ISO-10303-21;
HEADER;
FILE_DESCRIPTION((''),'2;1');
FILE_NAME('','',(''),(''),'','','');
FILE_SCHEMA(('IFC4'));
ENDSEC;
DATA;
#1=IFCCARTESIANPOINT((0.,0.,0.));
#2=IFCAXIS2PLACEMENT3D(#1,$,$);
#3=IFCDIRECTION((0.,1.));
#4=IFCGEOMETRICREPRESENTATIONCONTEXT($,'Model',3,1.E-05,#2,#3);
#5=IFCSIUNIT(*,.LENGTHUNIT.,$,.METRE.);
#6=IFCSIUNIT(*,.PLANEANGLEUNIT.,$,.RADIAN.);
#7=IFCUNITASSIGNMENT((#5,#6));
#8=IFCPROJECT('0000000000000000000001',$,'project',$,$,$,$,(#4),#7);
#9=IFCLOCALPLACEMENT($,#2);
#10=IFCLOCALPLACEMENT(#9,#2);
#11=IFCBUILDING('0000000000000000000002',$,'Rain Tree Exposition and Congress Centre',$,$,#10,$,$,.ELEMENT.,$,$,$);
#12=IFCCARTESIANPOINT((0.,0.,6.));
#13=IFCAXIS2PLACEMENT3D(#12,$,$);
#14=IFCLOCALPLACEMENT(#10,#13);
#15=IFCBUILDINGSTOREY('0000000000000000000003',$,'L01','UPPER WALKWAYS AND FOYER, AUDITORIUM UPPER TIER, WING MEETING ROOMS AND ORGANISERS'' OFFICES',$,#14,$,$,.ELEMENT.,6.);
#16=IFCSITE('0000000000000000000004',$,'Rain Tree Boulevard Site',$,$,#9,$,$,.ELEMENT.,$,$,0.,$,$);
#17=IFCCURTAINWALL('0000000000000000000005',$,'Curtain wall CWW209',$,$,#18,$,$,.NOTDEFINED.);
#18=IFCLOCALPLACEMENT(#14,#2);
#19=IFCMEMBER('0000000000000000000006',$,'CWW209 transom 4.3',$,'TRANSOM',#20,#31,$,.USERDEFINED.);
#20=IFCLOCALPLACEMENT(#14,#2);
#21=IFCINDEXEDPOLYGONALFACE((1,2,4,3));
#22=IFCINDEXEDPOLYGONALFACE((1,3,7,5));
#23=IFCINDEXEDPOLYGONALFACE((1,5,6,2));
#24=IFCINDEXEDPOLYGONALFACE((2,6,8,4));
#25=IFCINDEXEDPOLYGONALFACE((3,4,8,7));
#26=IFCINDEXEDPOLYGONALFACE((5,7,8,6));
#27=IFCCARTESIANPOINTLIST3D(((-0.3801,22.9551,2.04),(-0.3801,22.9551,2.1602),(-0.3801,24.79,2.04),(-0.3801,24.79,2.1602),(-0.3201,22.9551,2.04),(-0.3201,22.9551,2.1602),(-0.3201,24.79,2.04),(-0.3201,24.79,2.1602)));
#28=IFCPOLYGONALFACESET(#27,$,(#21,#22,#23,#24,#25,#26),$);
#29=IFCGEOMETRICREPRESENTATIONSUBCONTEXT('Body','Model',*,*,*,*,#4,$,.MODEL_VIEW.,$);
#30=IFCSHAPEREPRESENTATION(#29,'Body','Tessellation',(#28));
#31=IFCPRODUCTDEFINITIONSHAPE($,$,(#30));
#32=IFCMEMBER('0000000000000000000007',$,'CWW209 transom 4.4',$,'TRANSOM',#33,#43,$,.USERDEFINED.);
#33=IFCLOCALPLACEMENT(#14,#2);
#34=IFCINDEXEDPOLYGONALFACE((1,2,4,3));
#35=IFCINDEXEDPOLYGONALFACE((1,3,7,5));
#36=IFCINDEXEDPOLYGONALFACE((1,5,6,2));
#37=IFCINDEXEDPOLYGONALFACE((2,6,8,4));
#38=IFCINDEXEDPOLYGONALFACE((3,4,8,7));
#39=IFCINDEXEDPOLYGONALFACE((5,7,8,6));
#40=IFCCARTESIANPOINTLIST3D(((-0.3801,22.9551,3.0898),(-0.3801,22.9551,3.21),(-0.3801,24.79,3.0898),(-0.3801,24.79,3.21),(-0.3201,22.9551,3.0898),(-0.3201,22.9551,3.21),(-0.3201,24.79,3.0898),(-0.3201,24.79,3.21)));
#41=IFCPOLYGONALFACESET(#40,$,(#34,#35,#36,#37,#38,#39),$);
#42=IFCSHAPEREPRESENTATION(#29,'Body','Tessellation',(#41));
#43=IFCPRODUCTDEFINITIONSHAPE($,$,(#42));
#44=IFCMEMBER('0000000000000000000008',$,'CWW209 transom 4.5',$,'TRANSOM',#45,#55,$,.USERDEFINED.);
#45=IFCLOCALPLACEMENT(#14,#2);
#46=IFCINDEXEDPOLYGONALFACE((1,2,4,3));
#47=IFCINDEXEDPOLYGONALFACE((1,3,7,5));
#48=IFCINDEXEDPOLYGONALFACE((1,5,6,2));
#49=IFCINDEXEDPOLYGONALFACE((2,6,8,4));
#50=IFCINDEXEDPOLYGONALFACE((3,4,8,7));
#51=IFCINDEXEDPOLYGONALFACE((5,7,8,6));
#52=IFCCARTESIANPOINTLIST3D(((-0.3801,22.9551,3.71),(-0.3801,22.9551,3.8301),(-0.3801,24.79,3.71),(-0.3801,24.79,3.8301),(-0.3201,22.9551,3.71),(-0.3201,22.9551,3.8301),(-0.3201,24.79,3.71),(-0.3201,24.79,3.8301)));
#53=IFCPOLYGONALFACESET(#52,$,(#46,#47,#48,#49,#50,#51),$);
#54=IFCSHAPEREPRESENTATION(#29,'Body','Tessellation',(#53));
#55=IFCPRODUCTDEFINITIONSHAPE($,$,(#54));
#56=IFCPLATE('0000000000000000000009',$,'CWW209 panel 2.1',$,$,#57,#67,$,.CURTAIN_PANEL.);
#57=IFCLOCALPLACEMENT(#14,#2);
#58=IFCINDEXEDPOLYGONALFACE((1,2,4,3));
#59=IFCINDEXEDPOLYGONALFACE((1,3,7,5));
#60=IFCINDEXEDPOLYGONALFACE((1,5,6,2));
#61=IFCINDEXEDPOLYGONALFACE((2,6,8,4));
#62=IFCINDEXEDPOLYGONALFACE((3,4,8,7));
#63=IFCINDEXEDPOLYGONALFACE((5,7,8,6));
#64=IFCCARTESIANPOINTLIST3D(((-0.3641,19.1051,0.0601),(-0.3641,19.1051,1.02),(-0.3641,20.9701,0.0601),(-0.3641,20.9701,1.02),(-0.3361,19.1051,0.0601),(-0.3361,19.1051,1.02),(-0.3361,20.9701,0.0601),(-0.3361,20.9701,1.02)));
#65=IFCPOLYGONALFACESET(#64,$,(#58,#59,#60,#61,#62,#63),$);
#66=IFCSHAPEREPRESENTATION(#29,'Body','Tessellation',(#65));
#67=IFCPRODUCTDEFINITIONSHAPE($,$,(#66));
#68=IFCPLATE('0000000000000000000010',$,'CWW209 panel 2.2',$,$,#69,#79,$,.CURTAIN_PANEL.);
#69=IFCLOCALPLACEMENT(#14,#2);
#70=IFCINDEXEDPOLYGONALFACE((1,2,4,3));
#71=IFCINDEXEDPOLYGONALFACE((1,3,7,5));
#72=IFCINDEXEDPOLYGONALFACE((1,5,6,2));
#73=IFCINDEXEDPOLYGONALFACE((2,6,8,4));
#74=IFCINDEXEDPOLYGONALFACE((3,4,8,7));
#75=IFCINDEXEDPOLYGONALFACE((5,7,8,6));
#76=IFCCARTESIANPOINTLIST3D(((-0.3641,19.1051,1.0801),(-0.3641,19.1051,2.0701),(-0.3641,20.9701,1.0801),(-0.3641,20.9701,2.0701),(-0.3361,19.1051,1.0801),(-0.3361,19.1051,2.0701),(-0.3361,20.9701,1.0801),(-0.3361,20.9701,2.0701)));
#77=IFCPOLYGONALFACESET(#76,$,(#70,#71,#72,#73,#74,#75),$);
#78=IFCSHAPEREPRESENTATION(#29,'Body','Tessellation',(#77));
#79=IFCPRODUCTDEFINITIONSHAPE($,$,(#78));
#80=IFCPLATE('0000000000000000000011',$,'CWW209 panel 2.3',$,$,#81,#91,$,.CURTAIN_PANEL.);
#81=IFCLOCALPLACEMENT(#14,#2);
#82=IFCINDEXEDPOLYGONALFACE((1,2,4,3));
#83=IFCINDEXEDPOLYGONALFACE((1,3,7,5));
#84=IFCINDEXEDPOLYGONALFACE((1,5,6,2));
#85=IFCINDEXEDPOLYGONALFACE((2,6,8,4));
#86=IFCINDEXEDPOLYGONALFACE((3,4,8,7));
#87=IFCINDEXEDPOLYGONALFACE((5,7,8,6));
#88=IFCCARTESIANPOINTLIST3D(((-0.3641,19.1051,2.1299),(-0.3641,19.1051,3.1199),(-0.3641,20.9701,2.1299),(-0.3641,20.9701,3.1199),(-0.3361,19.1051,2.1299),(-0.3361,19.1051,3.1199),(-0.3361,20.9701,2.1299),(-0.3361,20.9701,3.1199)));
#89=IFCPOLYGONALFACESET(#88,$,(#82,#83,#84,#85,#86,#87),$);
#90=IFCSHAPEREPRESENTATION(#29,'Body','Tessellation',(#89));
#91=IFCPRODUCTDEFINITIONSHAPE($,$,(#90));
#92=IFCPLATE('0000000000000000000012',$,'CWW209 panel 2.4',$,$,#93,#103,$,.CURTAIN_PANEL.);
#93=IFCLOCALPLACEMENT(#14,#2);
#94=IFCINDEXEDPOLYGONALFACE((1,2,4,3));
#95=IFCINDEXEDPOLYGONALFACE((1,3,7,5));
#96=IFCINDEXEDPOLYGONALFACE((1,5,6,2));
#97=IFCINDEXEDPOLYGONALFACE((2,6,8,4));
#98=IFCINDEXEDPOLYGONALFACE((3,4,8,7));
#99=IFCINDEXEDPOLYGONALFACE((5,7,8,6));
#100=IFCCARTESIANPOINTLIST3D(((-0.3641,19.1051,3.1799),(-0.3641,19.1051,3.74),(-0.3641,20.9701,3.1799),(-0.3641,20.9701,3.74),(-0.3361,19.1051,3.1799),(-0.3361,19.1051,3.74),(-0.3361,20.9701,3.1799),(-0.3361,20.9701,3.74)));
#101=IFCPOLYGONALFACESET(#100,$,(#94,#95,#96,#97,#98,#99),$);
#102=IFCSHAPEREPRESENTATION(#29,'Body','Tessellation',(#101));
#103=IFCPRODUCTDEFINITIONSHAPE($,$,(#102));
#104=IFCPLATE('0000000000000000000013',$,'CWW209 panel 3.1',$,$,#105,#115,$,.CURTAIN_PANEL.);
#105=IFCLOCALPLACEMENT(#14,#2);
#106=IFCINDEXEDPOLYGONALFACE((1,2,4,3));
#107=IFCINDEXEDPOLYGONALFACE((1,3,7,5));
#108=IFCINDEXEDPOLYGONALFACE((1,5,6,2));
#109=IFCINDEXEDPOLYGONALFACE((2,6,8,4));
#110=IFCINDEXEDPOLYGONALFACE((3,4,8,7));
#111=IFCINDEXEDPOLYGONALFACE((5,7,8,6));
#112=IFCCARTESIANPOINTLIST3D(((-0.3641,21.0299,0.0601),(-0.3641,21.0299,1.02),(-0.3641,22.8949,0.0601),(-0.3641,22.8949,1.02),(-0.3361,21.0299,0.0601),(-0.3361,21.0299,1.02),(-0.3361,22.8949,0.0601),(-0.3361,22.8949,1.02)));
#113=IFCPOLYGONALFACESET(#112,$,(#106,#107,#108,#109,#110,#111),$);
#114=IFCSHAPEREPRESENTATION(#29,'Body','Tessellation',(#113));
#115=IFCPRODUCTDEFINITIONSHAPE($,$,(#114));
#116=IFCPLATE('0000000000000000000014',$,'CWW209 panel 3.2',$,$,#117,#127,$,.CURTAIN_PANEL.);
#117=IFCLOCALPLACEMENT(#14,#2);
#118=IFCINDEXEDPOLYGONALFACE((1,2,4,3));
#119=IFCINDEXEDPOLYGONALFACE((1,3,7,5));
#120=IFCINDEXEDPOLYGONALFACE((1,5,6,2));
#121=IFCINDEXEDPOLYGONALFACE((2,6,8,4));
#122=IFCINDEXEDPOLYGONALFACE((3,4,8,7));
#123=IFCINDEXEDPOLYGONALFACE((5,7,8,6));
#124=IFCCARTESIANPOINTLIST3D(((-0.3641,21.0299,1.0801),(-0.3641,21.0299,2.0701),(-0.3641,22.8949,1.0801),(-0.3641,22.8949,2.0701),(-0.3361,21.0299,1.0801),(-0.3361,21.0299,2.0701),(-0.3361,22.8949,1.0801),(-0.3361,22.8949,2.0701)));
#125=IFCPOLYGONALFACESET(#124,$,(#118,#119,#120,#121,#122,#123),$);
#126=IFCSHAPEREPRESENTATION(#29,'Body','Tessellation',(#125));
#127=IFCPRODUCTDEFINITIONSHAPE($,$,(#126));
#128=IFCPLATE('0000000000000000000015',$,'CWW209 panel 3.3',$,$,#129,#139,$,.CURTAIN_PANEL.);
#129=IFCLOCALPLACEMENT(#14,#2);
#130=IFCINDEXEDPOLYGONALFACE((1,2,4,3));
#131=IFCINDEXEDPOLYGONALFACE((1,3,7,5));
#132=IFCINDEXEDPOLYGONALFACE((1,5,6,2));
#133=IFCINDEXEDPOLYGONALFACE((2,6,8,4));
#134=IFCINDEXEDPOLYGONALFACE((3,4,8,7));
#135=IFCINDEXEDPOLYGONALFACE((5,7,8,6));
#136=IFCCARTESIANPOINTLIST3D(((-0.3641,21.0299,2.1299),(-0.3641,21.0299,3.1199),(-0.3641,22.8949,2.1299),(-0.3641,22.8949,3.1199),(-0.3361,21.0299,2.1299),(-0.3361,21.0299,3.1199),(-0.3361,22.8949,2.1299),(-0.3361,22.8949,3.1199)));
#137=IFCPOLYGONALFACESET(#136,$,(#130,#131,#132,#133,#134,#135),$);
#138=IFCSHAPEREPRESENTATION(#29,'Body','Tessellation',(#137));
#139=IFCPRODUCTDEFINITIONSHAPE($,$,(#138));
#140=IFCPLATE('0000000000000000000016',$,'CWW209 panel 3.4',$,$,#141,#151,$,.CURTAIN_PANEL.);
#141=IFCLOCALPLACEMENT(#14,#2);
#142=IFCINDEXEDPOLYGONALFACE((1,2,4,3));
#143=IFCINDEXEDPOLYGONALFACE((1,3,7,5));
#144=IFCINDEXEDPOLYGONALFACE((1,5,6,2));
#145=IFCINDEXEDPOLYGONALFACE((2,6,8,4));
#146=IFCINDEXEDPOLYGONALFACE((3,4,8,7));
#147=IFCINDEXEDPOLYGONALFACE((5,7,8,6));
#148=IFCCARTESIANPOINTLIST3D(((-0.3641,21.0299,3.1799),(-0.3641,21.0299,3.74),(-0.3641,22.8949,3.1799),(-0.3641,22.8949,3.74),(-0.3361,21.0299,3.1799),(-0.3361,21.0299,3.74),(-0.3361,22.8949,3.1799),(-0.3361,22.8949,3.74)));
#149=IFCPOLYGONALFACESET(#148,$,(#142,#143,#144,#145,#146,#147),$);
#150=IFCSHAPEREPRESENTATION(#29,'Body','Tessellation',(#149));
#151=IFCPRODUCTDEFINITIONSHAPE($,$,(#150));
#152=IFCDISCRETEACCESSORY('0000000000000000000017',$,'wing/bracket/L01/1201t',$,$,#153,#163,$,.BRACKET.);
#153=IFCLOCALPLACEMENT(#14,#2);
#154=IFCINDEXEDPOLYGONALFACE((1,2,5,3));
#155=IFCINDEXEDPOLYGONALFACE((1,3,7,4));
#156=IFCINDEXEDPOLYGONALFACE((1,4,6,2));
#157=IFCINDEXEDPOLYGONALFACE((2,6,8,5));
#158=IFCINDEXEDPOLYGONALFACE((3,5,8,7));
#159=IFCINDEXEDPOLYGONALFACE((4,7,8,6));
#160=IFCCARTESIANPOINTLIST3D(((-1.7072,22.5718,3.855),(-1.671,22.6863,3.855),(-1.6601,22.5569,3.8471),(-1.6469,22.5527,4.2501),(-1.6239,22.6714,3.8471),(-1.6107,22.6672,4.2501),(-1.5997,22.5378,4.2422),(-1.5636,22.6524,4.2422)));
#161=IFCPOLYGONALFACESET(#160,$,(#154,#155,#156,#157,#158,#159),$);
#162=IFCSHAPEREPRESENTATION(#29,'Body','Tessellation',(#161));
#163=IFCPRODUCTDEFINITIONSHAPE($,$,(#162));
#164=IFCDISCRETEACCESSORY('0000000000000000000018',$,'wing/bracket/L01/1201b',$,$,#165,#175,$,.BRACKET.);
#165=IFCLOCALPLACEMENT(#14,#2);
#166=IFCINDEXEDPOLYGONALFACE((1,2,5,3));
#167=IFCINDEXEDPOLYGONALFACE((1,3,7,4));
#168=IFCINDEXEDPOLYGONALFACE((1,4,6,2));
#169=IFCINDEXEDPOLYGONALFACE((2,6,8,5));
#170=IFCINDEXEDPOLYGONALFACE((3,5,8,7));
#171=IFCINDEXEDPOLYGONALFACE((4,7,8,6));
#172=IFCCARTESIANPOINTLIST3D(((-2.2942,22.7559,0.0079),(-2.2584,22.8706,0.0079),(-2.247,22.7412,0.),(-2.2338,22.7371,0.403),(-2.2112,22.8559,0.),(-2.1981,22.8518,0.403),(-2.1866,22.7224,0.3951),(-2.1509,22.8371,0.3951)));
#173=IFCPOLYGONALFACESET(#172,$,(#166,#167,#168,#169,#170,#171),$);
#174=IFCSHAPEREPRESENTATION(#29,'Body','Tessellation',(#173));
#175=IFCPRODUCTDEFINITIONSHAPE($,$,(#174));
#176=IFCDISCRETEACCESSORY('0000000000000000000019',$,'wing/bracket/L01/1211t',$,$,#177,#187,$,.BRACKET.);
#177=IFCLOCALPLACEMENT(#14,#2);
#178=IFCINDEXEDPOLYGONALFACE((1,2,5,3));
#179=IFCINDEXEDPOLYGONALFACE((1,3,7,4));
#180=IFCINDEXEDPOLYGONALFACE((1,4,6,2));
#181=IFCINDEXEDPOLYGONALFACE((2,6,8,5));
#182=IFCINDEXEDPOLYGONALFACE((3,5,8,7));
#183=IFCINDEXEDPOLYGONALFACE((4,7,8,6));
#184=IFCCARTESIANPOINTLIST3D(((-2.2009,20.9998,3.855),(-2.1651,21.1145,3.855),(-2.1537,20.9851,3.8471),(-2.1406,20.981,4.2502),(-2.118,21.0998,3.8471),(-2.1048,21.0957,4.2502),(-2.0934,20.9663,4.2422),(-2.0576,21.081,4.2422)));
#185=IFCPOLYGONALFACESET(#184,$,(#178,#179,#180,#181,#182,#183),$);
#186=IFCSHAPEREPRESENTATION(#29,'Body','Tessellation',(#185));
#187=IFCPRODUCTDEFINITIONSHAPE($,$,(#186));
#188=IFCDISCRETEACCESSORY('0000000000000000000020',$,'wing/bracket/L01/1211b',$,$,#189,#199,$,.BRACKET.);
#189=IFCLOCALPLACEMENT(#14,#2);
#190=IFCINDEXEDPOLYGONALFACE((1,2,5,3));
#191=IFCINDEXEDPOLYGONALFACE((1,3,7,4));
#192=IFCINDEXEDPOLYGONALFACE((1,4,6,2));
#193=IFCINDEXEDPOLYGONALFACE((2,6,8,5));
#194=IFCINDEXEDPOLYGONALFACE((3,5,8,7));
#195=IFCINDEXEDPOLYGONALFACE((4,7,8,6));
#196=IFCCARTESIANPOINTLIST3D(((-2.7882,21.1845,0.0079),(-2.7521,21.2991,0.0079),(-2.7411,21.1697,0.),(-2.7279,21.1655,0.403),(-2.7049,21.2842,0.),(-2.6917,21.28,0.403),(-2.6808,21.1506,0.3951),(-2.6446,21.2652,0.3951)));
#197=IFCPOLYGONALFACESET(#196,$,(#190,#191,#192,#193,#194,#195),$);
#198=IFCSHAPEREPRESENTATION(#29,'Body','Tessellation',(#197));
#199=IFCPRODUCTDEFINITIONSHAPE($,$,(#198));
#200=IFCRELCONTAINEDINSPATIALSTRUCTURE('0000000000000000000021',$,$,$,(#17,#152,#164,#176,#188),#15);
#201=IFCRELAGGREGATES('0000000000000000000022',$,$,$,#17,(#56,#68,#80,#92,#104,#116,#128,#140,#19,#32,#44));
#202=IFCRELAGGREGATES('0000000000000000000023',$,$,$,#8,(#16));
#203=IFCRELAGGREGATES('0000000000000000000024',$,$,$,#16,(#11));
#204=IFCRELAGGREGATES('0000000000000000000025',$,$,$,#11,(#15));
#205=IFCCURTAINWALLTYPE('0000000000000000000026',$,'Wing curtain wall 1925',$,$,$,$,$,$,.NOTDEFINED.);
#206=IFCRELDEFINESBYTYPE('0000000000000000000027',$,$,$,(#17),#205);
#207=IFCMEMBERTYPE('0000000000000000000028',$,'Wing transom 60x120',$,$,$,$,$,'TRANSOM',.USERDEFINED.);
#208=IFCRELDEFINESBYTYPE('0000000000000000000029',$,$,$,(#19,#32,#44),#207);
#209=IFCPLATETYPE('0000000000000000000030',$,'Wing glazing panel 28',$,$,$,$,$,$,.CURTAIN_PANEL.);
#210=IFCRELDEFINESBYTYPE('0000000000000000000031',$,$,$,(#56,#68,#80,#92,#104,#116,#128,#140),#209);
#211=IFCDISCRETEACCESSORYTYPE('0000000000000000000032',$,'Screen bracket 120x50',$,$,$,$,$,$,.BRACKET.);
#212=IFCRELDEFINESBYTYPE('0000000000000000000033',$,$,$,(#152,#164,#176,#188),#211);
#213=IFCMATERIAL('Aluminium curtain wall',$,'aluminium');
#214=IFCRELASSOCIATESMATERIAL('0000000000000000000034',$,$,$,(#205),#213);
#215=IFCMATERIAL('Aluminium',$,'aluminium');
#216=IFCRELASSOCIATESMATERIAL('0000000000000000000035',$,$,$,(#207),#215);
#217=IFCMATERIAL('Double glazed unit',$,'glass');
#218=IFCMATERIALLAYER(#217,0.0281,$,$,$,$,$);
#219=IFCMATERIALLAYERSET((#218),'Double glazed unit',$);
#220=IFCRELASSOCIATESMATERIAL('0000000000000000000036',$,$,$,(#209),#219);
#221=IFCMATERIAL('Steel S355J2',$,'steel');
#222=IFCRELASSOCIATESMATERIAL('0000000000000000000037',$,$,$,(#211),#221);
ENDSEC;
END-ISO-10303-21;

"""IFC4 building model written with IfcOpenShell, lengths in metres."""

from ifc_helpers import new_model, si_unit, direction, frame, origin, origin_2d, place, context, subcontext, project, spatial, rectangle, extrude, material, layer, layer_set, material_profile, profile_set, type_object, element, aggregate, save


model = new_model("IFC4")

# Units and contexts
model_context = context("Model", 3, precision=1e-05, world=origin(), true_north=direction((0.0, 1.0)))
body_context = subcontext(model_context, "Body", "Model", "MODEL_VIEW")
ifc_project = project(units=[si_unit("LENGTHUNIT", "METRE"), si_unit("PLANEANGLEUNIT", "RADIAN")], contexts=[model_context])

# Site, building, storey
site_placement = place(None, origin())
site = spatial("IfcSite", under=ifc_project, at=site_placement, Name="Rain Tree Boulevard Site", CompositionType="ELEMENT", RefElevation=0.0)
building_placement = place(site_placement, origin())
building = spatial("IfcBuilding", under=site, at=building_placement, Name="Rain Tree Exposition and Congress Centre", CompositionType="ELEMENT")
storey_placement = place(building_placement, frame((0.0, 0.0, 6.0)))
storey = spatial("IfcBuildingStorey", under=building, at=storey_placement, Name="L01", Description="UPPER WALKWAYS AND FOYER, AUDITORIUM UPPER TIER, WING MEETING ROOMS AND ORGANISERS' OFFICES", CompositionType="ELEMENT", Elevation=6.0)

# Curtain wall, members, plates
ifc_material_1 = material(Name="Aluminium curtain wall", Category="aluminium")
curtain_wall_type = type_object("IfcCurtainWallType", Name="Wing curtain wall 1925", PredefinedType="NOTDEFINED", material=ifc_material_1)
curtain_wall_placement = place(storey_placement, origin())
curtain_wall = element("IfcCurtainWall", 1, at=curtain_wall_placement, inside=storey, type_object=curtain_wall_type, Name="Curtain wall CWW209", PredefinedType="NOTDEFINED")
ifc_material_2 = material(Name="Aluminium", Category="aluminium")
ifc_material_profile_1 = material_profile(ifc_material_2, rectangle(XDim=0.0601, YDim=0.1201, at=origin_2d()), Name="Aluminium 60x120")
ifc_profile_set_1 = profile_set([ifc_material_profile_1], Name="Aluminium")
member_type_1 = type_object("IfcMemberType", Name="Wing transom 60x120", ElementType="TRANSOM", PredefinedType="USERDEFINED", material=ifc_profile_set_1)
member_1_placement = place(storey_placement, frame((-0.3501, 22.9551, 2.1001), z_axis=(0.0, 1.0, 0.0), x_axis=(-1.0, 0.0, 0.0)))
member_1 = element("IfcMember", 2, at=member_1_placement, type_object=member_type_1, Name="CWW209 transom 4.3", ObjectType="TRANSOM", PredefinedType="USERDEFINED", context=body_context, shape_type="SweptSolid", body=[
    extrude(rectangle(XDim=0.0601, YDim=0.1201, at=origin_2d()), origin(), (0.0, 0.0, 1.0), 1.835),
])
member_2_placement = place(storey_placement, frame((-0.3501, 22.9551, 3.1499), z_axis=(0.0, 1.0, 0.0), x_axis=(-1.0, 0.0, 0.0)))
member_2 = element("IfcMember", 3, at=member_2_placement, type_object=member_type_1, Name="CWW209 transom 4.4", ObjectType="TRANSOM", PredefinedType="USERDEFINED", context=body_context, shape_type="SweptSolid", body=[
    extrude(rectangle(XDim=0.0601, YDim=0.1201, at=origin_2d()), origin(), (0.0, 0.0, 1.0), 1.835),
])
member_3_placement = place(storey_placement, frame((-0.3501, 22.9551, 3.77), z_axis=(0.0, 1.0, 0.0), x_axis=(-1.0, 0.0, 0.0)))
member_3 = element("IfcMember", 4, at=member_3_placement, type_object=member_type_1, Name="CWW209 transom 4.5", ObjectType="TRANSOM", PredefinedType="USERDEFINED", context=body_context, shape_type="SweptSolid", body=[
    extrude(rectangle(XDim=0.0601, YDim=0.1201, at=origin_2d()), origin(), (0.0, 0.0, 1.0), 1.835),
])
ifc_material_3 = material(Name="Double glazed unit", Category="glass")
ifc_layer_1 = layer(ifc_material_3, 0.0281)
ifc_layer_set_1 = layer_set([ifc_layer_1], Name="Double glazed unit")
plate_type = type_object("IfcPlateType", Name="Wing glazing panel 28", PredefinedType="CURTAIN_PANEL", material=ifc_layer_set_1)
plate_1_placement = place(storey_placement, frame((-0.3501, 20.0376, 0.0601), z_axis=(0.0, 0.0, 1.0), x_axis=(0.0, 1.0, 0.0)))
plate_1 = element("IfcPlate", 5, at=plate_1_placement, type_object=plate_type, Name="CWW209 panel 2.1", PredefinedType="CURTAIN_PANEL", context=body_context, shape_type="SweptSolid", body=[
    extrude(rectangle(XDim=1.865, YDim=0.0281, at=origin_2d()), origin(), (0.0, 0.0, 1.0), 0.96),
])
plate_2_placement = place(storey_placement, frame((-0.3501, 20.0376, 1.0801), z_axis=(0.0, 0.0, 1.0), x_axis=(0.0, 1.0, 0.0)))
plate_2 = element("IfcPlate", 6, at=plate_2_placement, type_object=plate_type, Name="CWW209 panel 2.2", PredefinedType="CURTAIN_PANEL", context=body_context, shape_type="SweptSolid", body=[
    extrude(rectangle(XDim=1.865, YDim=0.0281, at=origin_2d()), origin(), (0.0, 0.0, 1.0), 0.99),
])
plate_3_placement = place(storey_placement, frame((-0.3501, 20.0376, 2.1299), z_axis=(0.0, 0.0, 1.0), x_axis=(0.0, 1.0, 0.0)))
plate_3 = element("IfcPlate", 7, at=plate_3_placement, type_object=plate_type, Name="CWW209 panel 2.3", PredefinedType="CURTAIN_PANEL", context=body_context, shape_type="SweptSolid", body=[
    extrude(rectangle(XDim=1.865, YDim=0.0281, at=origin_2d()), origin(), (0.0, 0.0, 1.0), 0.99),
])
plate_4_placement = place(storey_placement, frame((-0.3501, 20.0376, 3.1799), z_axis=(0.0, 0.0, 1.0), x_axis=(0.0, 1.0, 0.0)))
plate_4 = element("IfcPlate", 8, at=plate_4_placement, type_object=plate_type, Name="CWW209 panel 2.4", PredefinedType="CURTAIN_PANEL", context=body_context, shape_type="SweptSolid", body=[
    extrude(rectangle(XDim=1.865, YDim=0.0281, at=origin_2d()), origin(), (0.0, 0.0, 1.0), 0.5601),
])
plate_5_placement = place(storey_placement, frame((-0.3501, 21.9624, 0.0601), z_axis=(0.0, 0.0, 1.0), x_axis=(0.0, 1.0, 0.0)))
plate_5 = element("IfcPlate", 9, at=plate_5_placement, type_object=plate_type, Name="CWW209 panel 3.1", PredefinedType="CURTAIN_PANEL", context=body_context, shape_type="SweptSolid", body=[
    extrude(rectangle(XDim=1.865, YDim=0.0281, at=origin_2d()), origin(), (0.0, 0.0, 1.0), 0.96),
])
plate_6_placement = place(storey_placement, frame((-0.3501, 21.9624, 1.0801), z_axis=(0.0, 0.0, 1.0), x_axis=(0.0, 1.0, 0.0)))
plate_6 = element("IfcPlate", 10, at=plate_6_placement, type_object=plate_type, Name="CWW209 panel 3.2", PredefinedType="CURTAIN_PANEL", context=body_context, shape_type="SweptSolid", body=[
    extrude(rectangle(XDim=1.865, YDim=0.0281, at=origin_2d()), origin(), (0.0, 0.0, 1.0), 0.99),
])
plate_7_placement = place(storey_placement, frame((-0.3501, 21.9624, 2.1299), z_axis=(0.0, 0.0, 1.0), x_axis=(0.0, 1.0, 0.0)))
plate_7 = element("IfcPlate", 11, at=plate_7_placement, type_object=plate_type, Name="CWW209 panel 3.3", PredefinedType="CURTAIN_PANEL", context=body_context, shape_type="SweptSolid", body=[
    extrude(rectangle(XDim=1.865, YDim=0.0281, at=origin_2d()), origin(), (0.0, 0.0, 1.0), 0.99),
])
plate_8_placement = place(storey_placement, frame((-0.3501, 21.9624, 3.1799), z_axis=(0.0, 0.0, 1.0), x_axis=(0.0, 1.0, 0.0)))
plate_8 = element("IfcPlate", 12, at=plate_8_placement, type_object=plate_type, Name="CWW209 panel 3.4", PredefinedType="CURTAIN_PANEL", context=body_context, shape_type="SweptSolid", body=[
    extrude(rectangle(XDim=1.865, YDim=0.0281, at=origin_2d()), origin(), (0.0, 0.0, 1.0), 0.5601),
])
aggregate(curtain_wall, [plate_1, plate_2, plate_3, plate_4, plate_5, plate_6, plate_7, plate_8, member_1, member_2, member_3])

# Discrete accessories
ifc_material_4 = material(Name="Steel S355J2", Category="steel")
ifc_material_profile_2 = material_profile(ifc_material_4, rectangle(XDim=0.1201, YDim=0.05, at=origin_2d()), Name="Flat bar 120x50")
ifc_profile_set_2 = profile_set([ifc_material_profile_2], Name="Steel S355J2")
discrete_accessory_type = type_object("IfcDiscreteAccessoryType", Name="Screen bracket 120x50", PredefinedType="BRACKET", material=ifc_profile_set_2)
for number, where, z_axis, x_axis, name in (
    (13, (-1.6655, 22.6216, 3.8511), (0.150738, -0.047602, 0.987427), (0.301131, 0.953583, 0.0), "wing/bracket/L01/1201t"),
    (14, (-2.2527, 22.8059, 0.0039), (0.150743, -0.046993, 0.987456), (0.297615, 0.954686, 0.0), "wing/bracket/L01/1201b"),
    (15, (-2.1594, 21.0498, 3.8511), (0.150743, -0.046993, 0.987456), (0.297615, 0.954686, 0.0), "wing/bracket/L01/1211t"),
    (16, (-2.7466, 21.2344, 0.0039), (0.150738, -0.047602, 0.987427), (0.301131, 0.953583, 0.0), "wing/bracket/L01/1211b"),
):
    element("IfcDiscreteAccessory", number, at=place(storey_placement, frame(where, z_axis=z_axis, x_axis=x_axis)), inside=storey, type_object=discrete_accessory_type, Name=name, PredefinedType="BRACKET", context=body_context, shape_type="SweptSolid", body=[
        extrude(rectangle(XDim=0.1201, YDim=0.05, at=origin_2d()), origin(), (0.0, 0.0, 1.0), 0.4001),
    ])

save(model, "model.ifc")
